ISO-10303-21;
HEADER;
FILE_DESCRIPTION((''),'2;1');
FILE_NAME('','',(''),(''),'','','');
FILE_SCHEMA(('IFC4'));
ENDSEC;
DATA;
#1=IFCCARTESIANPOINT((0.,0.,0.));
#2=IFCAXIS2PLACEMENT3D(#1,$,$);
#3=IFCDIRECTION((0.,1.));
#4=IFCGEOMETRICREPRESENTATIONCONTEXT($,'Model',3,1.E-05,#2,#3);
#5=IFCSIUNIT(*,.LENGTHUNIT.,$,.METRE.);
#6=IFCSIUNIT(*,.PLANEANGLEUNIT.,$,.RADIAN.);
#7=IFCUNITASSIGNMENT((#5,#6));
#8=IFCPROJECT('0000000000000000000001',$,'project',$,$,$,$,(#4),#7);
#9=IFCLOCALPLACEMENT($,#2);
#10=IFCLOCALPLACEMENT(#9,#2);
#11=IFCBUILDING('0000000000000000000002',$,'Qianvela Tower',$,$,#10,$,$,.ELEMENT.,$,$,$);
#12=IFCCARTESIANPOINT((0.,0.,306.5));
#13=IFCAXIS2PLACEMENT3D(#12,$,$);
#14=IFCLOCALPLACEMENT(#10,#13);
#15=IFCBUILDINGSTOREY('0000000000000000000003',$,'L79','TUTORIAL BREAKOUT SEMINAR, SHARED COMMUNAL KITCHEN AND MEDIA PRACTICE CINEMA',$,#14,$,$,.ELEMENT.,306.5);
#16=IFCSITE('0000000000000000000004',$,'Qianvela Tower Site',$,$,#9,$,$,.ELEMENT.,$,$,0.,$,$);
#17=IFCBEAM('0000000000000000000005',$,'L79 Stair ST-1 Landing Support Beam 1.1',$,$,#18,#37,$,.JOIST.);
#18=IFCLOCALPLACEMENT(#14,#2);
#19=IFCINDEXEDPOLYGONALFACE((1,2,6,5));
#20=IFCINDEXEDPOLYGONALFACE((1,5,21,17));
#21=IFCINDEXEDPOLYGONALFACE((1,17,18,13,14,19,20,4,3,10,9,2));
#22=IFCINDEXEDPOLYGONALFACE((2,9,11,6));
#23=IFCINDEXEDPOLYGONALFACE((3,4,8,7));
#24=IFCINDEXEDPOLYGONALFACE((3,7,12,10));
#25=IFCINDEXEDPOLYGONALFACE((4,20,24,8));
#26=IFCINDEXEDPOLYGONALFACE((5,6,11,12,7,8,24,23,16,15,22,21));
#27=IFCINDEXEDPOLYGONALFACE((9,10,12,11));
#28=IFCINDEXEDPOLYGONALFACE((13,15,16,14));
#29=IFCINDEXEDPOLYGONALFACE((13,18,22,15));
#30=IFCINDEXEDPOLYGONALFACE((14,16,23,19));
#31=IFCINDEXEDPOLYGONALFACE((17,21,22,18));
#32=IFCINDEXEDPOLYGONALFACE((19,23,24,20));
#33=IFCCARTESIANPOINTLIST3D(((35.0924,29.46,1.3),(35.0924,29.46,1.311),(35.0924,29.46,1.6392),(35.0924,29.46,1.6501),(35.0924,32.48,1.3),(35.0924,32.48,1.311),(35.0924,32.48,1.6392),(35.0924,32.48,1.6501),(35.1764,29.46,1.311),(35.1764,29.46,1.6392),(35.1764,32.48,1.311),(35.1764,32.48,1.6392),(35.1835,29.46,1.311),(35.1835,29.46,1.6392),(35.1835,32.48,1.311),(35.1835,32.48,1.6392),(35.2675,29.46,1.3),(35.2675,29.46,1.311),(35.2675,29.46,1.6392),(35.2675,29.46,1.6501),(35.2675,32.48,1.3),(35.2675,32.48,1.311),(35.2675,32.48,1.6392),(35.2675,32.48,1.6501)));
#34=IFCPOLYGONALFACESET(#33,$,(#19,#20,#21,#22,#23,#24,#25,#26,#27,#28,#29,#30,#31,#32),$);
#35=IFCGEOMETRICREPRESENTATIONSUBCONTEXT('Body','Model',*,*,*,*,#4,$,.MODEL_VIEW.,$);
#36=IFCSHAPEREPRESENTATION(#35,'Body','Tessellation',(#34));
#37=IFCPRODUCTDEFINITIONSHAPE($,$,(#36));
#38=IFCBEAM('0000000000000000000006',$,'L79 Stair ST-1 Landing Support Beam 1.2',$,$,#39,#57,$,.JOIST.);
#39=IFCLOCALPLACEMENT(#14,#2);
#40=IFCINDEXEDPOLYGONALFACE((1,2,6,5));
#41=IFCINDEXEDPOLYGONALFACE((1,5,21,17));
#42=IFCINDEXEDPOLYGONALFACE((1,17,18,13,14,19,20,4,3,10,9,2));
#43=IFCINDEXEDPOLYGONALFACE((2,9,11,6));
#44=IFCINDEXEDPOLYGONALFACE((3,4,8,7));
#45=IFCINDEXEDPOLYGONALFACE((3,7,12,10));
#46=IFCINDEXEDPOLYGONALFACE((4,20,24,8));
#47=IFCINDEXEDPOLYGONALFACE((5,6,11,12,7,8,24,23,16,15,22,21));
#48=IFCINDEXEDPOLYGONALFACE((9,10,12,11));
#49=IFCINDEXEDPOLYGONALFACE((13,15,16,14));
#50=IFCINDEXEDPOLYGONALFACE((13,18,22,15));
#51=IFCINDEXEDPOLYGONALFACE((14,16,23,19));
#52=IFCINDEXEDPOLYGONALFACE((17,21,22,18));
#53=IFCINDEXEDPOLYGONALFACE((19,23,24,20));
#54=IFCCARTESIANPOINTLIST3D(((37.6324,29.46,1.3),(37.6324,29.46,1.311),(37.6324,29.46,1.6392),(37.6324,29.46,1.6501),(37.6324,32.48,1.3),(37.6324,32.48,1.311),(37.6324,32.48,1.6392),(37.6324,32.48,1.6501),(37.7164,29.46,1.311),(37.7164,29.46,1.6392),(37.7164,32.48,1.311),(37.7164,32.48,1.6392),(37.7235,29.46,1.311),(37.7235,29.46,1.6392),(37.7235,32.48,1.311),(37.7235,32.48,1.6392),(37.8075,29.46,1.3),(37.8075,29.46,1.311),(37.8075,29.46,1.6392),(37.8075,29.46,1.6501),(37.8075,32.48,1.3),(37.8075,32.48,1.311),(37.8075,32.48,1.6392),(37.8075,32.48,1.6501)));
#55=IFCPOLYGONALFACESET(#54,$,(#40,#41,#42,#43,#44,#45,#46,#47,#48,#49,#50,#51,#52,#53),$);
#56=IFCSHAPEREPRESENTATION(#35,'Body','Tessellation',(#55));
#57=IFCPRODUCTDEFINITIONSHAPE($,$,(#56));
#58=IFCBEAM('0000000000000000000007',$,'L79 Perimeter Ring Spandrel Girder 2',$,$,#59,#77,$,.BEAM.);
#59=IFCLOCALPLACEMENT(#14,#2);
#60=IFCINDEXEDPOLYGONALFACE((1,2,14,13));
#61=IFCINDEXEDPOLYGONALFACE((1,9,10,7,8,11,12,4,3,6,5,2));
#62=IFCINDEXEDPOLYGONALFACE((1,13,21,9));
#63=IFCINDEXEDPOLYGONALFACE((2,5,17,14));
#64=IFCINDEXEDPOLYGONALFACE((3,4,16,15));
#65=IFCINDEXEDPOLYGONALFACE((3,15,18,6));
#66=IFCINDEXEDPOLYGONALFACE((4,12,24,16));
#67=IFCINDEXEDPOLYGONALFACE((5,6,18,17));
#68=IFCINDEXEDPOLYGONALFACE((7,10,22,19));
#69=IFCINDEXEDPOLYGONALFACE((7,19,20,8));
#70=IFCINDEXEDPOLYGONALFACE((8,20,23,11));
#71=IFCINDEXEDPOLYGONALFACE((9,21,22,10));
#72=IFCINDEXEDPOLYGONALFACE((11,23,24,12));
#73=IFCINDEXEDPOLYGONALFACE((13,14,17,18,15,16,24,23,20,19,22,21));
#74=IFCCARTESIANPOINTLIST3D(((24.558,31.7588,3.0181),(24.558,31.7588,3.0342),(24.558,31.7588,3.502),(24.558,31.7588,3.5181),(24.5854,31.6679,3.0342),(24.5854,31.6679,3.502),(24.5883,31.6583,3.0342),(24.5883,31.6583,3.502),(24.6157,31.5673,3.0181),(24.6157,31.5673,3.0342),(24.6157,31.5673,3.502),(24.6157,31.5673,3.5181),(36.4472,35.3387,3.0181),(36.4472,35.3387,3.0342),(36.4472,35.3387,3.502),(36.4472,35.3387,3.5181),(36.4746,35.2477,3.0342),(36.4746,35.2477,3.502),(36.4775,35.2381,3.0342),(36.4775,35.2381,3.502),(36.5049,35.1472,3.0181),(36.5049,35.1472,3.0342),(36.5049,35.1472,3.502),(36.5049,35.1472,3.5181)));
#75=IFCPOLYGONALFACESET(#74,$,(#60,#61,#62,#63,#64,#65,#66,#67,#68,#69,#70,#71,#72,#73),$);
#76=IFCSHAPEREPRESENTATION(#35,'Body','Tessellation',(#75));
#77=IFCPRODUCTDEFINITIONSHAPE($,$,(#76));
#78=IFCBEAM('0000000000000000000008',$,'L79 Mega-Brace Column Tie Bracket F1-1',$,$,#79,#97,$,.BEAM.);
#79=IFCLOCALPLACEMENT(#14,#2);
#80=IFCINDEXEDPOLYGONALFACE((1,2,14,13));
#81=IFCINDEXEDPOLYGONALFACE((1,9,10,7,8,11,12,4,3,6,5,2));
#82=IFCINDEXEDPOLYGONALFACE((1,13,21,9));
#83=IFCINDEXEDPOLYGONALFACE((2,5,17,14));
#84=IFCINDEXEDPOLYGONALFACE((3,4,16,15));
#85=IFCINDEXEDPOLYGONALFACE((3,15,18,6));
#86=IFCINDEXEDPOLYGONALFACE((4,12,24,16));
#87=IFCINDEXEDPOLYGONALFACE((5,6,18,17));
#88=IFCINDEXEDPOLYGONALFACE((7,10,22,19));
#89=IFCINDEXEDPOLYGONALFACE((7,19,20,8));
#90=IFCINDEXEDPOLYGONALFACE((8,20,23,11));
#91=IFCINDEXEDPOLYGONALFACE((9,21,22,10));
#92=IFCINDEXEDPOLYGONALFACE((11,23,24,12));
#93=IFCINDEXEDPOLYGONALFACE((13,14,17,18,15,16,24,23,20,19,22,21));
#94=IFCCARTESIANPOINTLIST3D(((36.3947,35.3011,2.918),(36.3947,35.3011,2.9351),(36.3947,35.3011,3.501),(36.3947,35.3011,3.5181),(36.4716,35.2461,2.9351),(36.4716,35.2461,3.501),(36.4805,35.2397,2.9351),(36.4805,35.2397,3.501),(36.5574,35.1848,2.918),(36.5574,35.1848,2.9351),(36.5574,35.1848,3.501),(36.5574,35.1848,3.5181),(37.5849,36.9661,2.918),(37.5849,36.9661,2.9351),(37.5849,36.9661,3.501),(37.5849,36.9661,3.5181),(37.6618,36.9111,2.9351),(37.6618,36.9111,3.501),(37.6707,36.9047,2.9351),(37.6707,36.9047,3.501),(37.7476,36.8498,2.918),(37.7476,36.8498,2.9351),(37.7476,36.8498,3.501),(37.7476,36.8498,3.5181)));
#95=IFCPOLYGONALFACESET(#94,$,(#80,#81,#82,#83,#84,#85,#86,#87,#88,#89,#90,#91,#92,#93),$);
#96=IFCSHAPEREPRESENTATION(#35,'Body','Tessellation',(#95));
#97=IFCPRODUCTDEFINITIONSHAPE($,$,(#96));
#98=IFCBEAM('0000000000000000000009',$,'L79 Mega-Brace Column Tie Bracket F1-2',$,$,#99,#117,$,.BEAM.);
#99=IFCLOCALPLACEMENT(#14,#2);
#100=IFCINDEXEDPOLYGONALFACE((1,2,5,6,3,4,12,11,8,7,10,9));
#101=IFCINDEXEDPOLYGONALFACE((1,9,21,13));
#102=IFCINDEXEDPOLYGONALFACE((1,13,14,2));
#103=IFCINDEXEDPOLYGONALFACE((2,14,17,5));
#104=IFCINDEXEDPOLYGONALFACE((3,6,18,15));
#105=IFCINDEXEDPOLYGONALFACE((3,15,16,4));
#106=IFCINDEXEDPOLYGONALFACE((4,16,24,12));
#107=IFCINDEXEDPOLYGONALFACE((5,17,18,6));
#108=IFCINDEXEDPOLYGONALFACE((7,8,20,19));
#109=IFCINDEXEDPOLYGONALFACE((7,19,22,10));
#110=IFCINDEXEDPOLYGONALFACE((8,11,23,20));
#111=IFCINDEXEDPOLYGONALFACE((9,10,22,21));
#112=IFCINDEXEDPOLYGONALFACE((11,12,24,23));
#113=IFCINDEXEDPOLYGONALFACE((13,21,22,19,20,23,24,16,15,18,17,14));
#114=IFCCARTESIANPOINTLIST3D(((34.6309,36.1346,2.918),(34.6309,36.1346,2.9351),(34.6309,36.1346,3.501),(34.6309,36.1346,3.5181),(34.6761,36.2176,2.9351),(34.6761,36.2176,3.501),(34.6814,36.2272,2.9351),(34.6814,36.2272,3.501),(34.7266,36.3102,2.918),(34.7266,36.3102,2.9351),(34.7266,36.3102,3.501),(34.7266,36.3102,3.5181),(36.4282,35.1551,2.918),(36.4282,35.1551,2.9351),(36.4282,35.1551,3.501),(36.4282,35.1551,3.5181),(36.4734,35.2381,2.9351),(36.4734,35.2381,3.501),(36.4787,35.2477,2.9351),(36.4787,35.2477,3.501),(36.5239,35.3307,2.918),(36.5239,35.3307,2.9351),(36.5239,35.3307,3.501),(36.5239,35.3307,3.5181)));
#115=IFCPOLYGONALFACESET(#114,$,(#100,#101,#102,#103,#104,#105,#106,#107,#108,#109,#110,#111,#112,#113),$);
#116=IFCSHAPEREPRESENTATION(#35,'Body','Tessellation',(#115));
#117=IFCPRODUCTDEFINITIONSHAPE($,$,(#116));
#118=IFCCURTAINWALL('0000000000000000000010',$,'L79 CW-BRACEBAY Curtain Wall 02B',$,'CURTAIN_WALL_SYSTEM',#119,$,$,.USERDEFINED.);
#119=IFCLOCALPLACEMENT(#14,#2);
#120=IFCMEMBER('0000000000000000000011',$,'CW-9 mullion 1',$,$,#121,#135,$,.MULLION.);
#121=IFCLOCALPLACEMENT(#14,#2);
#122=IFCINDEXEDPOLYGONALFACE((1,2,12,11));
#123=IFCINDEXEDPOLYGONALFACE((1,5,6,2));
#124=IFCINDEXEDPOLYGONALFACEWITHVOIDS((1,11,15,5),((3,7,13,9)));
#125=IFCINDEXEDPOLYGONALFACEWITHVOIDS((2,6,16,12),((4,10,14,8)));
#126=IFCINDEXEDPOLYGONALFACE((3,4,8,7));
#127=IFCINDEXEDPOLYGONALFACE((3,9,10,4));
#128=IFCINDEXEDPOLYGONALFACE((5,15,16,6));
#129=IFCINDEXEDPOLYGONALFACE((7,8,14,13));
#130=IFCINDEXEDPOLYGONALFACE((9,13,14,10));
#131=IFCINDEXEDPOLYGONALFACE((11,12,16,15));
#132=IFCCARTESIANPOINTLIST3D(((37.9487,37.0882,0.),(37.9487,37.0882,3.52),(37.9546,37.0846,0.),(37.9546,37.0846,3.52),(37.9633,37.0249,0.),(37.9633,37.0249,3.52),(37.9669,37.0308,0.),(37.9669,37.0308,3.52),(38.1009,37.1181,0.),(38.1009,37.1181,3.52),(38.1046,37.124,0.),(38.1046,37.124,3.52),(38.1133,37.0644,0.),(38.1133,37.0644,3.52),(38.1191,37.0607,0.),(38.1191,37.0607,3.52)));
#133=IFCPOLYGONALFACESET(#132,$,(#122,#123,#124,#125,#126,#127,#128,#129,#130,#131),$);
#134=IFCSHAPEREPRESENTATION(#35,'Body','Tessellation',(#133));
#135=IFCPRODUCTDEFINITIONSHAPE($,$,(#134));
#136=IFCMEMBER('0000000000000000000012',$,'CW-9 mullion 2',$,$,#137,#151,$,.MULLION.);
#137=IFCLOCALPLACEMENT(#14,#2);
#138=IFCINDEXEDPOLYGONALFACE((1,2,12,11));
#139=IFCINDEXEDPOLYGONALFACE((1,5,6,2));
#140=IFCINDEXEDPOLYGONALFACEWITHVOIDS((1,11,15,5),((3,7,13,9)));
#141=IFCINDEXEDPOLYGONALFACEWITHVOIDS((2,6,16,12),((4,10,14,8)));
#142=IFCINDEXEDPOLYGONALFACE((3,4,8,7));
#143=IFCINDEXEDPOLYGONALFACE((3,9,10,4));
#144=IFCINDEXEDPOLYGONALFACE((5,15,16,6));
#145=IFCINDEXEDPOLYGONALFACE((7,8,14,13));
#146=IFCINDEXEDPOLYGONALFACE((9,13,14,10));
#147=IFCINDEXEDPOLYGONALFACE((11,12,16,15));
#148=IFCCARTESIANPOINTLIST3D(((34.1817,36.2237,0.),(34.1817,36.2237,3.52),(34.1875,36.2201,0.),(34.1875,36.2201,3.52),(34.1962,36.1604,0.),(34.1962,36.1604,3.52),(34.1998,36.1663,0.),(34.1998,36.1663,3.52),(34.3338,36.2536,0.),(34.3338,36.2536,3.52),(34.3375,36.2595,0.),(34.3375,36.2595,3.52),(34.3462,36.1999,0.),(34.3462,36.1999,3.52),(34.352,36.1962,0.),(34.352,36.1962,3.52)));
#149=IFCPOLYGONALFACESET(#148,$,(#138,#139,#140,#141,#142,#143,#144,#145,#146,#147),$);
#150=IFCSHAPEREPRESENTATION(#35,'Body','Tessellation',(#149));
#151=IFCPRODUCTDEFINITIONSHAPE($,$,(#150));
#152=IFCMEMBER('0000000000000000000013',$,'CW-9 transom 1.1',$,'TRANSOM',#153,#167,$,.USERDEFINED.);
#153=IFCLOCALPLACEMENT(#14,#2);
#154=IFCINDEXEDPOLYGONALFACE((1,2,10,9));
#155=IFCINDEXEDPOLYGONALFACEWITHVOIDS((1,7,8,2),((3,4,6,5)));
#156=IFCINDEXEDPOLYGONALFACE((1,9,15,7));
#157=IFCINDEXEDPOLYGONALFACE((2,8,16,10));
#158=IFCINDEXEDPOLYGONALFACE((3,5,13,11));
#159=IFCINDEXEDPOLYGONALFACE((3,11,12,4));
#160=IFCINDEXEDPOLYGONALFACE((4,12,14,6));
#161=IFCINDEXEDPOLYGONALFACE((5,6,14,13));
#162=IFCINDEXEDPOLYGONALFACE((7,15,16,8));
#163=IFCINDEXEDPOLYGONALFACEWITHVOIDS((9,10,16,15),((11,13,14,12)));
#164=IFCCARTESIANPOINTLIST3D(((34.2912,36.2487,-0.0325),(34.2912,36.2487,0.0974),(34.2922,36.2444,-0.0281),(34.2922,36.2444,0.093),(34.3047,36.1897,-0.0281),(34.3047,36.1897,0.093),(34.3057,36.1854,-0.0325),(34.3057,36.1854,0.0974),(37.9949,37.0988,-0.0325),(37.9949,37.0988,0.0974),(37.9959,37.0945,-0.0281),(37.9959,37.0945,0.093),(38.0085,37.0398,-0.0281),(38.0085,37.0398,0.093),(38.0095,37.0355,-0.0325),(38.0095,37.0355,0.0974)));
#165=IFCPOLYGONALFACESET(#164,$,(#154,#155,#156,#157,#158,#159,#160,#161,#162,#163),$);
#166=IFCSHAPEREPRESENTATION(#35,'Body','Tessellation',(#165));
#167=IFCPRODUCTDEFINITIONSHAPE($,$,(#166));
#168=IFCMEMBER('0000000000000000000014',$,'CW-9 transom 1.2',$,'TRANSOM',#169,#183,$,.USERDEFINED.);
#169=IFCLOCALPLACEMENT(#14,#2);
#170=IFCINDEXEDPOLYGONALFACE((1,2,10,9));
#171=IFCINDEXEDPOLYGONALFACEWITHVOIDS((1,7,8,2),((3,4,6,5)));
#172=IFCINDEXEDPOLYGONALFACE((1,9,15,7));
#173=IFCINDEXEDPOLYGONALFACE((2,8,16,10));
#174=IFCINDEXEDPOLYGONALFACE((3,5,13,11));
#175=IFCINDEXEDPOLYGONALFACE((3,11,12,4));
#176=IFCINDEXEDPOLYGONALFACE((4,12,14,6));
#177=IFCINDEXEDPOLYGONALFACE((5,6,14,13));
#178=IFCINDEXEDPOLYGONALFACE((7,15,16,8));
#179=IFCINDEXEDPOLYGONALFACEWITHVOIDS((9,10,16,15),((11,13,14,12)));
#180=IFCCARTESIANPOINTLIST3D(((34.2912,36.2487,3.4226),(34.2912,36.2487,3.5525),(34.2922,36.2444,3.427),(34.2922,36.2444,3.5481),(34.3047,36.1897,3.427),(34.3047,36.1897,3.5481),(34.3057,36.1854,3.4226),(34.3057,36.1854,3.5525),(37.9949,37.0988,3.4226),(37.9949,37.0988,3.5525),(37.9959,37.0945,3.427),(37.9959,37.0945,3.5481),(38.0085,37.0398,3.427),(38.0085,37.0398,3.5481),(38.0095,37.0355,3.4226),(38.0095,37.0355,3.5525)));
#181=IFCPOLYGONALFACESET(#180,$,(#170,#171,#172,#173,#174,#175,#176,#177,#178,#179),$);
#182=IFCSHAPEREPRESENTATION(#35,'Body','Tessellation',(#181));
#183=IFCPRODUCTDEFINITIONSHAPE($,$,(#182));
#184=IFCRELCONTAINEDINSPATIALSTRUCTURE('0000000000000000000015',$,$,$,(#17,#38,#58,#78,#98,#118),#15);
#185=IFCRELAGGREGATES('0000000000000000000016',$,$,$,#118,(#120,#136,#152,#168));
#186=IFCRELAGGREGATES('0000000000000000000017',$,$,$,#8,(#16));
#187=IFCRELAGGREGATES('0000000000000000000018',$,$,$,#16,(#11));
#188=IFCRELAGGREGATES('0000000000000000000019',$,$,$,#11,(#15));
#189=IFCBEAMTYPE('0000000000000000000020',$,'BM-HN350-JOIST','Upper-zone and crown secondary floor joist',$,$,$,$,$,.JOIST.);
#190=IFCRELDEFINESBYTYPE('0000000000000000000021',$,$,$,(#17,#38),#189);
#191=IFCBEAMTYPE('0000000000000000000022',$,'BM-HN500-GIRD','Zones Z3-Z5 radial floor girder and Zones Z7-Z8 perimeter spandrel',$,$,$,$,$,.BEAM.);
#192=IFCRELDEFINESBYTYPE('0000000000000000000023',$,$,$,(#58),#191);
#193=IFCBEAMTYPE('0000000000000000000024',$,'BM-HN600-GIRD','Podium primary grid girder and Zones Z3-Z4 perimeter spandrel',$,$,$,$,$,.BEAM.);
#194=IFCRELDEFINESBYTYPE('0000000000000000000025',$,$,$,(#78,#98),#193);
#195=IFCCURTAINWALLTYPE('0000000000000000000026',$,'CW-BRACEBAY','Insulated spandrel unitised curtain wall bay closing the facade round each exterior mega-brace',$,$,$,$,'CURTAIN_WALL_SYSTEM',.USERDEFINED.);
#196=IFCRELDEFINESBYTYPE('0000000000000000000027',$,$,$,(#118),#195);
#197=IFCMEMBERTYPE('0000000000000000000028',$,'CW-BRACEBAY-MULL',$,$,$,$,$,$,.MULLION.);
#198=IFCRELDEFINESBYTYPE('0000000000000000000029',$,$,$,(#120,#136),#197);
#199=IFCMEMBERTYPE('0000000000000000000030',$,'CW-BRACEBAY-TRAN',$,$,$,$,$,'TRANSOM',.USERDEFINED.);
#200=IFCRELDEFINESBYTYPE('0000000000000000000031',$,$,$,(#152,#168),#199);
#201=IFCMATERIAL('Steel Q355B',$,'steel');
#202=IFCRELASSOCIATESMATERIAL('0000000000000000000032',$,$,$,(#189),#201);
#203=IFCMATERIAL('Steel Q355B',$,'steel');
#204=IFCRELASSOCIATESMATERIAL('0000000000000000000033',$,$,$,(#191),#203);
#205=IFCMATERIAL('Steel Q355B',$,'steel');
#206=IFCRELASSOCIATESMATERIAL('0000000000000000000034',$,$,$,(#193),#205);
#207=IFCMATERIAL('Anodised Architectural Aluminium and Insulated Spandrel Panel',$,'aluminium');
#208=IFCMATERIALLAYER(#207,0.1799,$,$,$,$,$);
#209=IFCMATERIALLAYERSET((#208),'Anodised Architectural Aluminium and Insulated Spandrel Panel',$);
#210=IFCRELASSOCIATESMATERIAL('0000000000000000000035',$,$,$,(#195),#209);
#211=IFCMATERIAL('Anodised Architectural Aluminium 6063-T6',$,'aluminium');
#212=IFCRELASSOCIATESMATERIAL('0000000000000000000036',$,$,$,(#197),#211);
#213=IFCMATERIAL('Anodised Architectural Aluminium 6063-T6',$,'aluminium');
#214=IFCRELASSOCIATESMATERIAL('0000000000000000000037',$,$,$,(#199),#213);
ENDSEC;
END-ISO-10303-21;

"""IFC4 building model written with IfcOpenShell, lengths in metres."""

from ifc_helpers import new_model, si_unit, direction, frame, origin, origin_2d, place, context, subcontext, project, spatial, hollow_rectangle, i_section, extrude, material, layer, layer_set, material_profile, profile_set, type_object, element, aggregate, save


model = new_model("IFC4")

# Units and contexts
model_context = context("Model", 3, precision=1e-05, world=origin(), true_north=direction((0.0, 1.0)))
body_context = subcontext(model_context, "Body", "Model", "MODEL_VIEW")
ifc_project = project(units=[si_unit("LENGTHUNIT", "METRE"), si_unit("PLANEANGLEUNIT", "RADIAN")], contexts=[model_context])

# Site, building, storey
site_placement = place(None, origin())
site = spatial("IfcSite", under=ifc_project, at=site_placement, Name="Qianvela Tower Site", CompositionType="ELEMENT", RefElevation=0.0)
building_placement = place(site_placement, origin())
building = spatial("IfcBuilding", under=site, at=building_placement, Name="Qianvela Tower", CompositionType="ELEMENT")
storey_placement = place(building_placement, frame((0.0, 0.0, 306.5)))
storey = spatial("IfcBuildingStorey", under=building, at=storey_placement, Name="L79", Description="TUTORIAL BREAKOUT SEMINAR, SHARED COMMUNAL KITCHEN AND MEDIA PRACTICE CINEMA", CompositionType="ELEMENT", Elevation=306.5)

# Beams
ifc_material_1 = material(Name="Steel Q355B", Category="steel")
ifc_material_profile_1 = material_profile(ifc_material_1, i_section(OverallWidth=0.175, OverallDepth=0.3501, WebThickness=0.0071, FlangeThickness=0.011, at=origin_2d()), Name="HN350x175x7x11")
ifc_profile_set_1 = profile_set([ifc_material_profile_1], Name="Steel Q355B")
beam_type_1 = type_object("IfcBeamType", Name="BM-HN350-JOIST", Description="Upper-zone and crown secondary floor joist", PredefinedType="JOIST", material=ifc_profile_set_1)
for number, where, z_axis, x_axis, name in (
    (1, (35.1799, 29.46, 1.4751), (0.0, 1.0, 0.0), (-1.0, 0.0, 0.0), "L79 Stair ST-1 Landing Support Beam 1.1"),
    (2, (37.72, 29.46, 1.4751), (0.0, 1.0, 0.0), (-1.0, 0.0, 0.0), "L79 Stair ST-1 Landing Support Beam 1.2"),
):
    element("IfcBeam", number, at=place(storey_placement, frame(where, z_axis=z_axis, x_axis=x_axis)), inside=storey, type_object=beam_type_1, Name=name, PredefinedType="JOIST", context=body_context, shape_type="SweptSolid", body=[
        extrude(i_section(OverallWidth=0.175, OverallDepth=0.3501, WebThickness=0.0071, FlangeThickness=0.011, at=origin_2d()), origin(), (0.0, 0.0, 1.0), 3.02),
    ])
ifc_material_2 = material(Name="Steel Q355B", Category="steel")
ifc_material_profile_2 = material_profile(ifc_material_2, i_section(OverallWidth=0.2, OverallDepth=0.5, WebThickness=0.01, FlangeThickness=0.0161, at=origin_2d()), Name="HN500x200x10x16")
ifc_profile_set_2 = profile_set([ifc_material_profile_2], Name="Steel Q355B")
beam_type_2 = type_object("IfcBeamType", Name="BM-HN500-GIRD", Description="Zones Z3-Z5 radial floor girder and Zones Z7-Z8 perimeter spandrel", PredefinedType="BEAM", material=ifc_profile_set_2)
beam_1_placement = place(storey_placement, frame((36.4761, 35.2429, 3.2681), z_axis=(-0.957536, -0.288315, 0.0), x_axis=(0.288315, -0.957536, 0.0)))
element("IfcBeam", 3, at=beam_1_placement, inside=storey, type_object=beam_type_2, Name="L79 Perimeter Ring Spandrel Girder 2", PredefinedType="BEAM", context=body_context, shape_type="SweptSolid", body=[
    extrude(i_section(OverallWidth=0.2, OverallDepth=0.5, WebThickness=0.01, FlangeThickness=0.0161, at=origin_2d()), origin(), (0.0, 0.0, 1.0), 12.4165),
])
ifc_material_3 = material(Name="Steel Q355B", Category="steel")
ifc_material_profile_3 = material_profile(ifc_material_3, i_section(OverallWidth=0.2, OverallDepth=0.6001, WebThickness=0.011, FlangeThickness=0.0171, at=origin_2d()), Name="HN600x200x11x17")
ifc_profile_set_3 = profile_set([ifc_material_profile_3], Name="Steel Q355B")
beam_type_3 = type_object("IfcBeamType", Name="BM-HN600-GIRD", Description="Podium primary grid girder and Zones Z3-Z4 perimeter spandrel", PredefinedType="BEAM", material=ifc_profile_set_3)
beam_2_placement = place(storey_placement, frame((36.4761, 35.2429, 3.218), z_axis=(0.58152, 0.813532, 0.0), x_axis=(-0.813532, 0.58152, 0.0)))
element("IfcBeam", 4, at=beam_2_placement, inside=storey, type_object=beam_type_3, Name="L79 Mega-Brace Column Tie Bracket F1-1", PredefinedType="BEAM", context=body_context, shape_type="SweptSolid", body=[
    extrude(i_section(OverallWidth=0.2, OverallDepth=0.6001, WebThickness=0.011, FlangeThickness=0.0171, at=origin_2d()), origin(), (0.0, 0.0, 1.0), 2.0466),
])
beam_3_placement = place(storey_placement, frame((36.4761, 35.2429, 3.218), z_axis=(-0.878078, 0.478518, 0.0), x_axis=(-0.478518, -0.878078, 0.0)))
element("IfcBeam", 5, at=beam_3_placement, inside=storey, type_object=beam_type_3, Name="L79 Mega-Brace Column Tie Bracket F1-2", PredefinedType="BEAM", context=body_context, shape_type="SweptSolid", body=[
    extrude(i_section(OverallWidth=0.2, OverallDepth=0.6001, WebThickness=0.011, FlangeThickness=0.0171, at=origin_2d()), origin(), (0.0, 0.0, 1.0), 2.0469),
])

# Curtain wall, members
ifc_material_4 = material(Name="Anodised Architectural Aluminium and Insulated Spandrel Panel", Category="aluminium")
ifc_layer_1 = layer(ifc_material_4, 0.1799)
ifc_layer_set_1 = layer_set([ifc_layer_1], Name="Anodised Architectural Aluminium and Insulated Spandrel Panel")
curtain_wall_type_1 = type_object("IfcCurtainWallType", Name="CW-BRACEBAY", Description="Insulated spandrel unitised curtain wall bay closing the facade round each exterior mega-brace", ElementType="CURTAIN_WALL_SYSTEM", PredefinedType="USERDEFINED", material=ifc_layer_set_1)
curtain_wall_1_placement = place(storey_placement, origin())
curtain_wall_1 = element("IfcCurtainWall", 6, at=curtain_wall_1_placement, inside=storey, type_object=curtain_wall_type_1, Name="L79 CW-BRACEBAY Curtain Wall 02B", ObjectType="CURTAIN_WALL_SYSTEM", PredefinedType="USERDEFINED")
ifc_material_5 = material(Name="Anodised Architectural Aluminium 6063-T6", Category="aluminium")
ifc_material_profile_4 = material_profile(ifc_material_5, hollow_rectangle(XDim=0.0649, YDim=0.1599, WallThickness=0.0049, at=origin_2d()), Name="ALU-MULL-65x160")
ifc_profile_set_4 = profile_set([ifc_material_profile_4], Name="Anodised Architectural Aluminium 6063-T6")
member_type_1 = type_object("IfcMemberType", Name="CW-BRACEBAY-MULL", PredefinedType="MULLION", material=ifc_profile_set_4)
member_1_placement = place(storey_placement, frame((38.0339, 37.0745, 0.0), z_axis=(0.0, 0.0, 1.0), x_axis=(0.223715, -0.974655, 0.0)))
member_1 = element("IfcMember", 7, at=member_1_placement, type_object=member_type_1, Name="CW-9 mullion 1", PredefinedType="MULLION", context=body_context, shape_type="SweptSolid", body=[
    extrude(hollow_rectangle(XDim=0.0649, YDim=0.1599, WallThickness=0.0049, at=origin_2d()), origin(), (0.0, 0.0, 1.0), 3.52),
])
member_2_placement = place(storey_placement, frame((34.2668, 36.21, 0.0), z_axis=(0.0, 0.0, 1.0), x_axis=(0.223715, -0.974655, 0.0)))
member_2 = element("IfcMember", 8, at=member_2_placement, type_object=member_type_1, Name="CW-9 mullion 2", PredefinedType="MULLION", context=body_context, shape_type="SweptSolid", body=[
    extrude(hollow_rectangle(XDim=0.0649, YDim=0.1599, WallThickness=0.0049, at=origin_2d()), origin(), (0.0, 0.0, 1.0), 3.52),
])
ifc_material_6 = material(Name="Anodised Architectural Aluminium 6063-T6", Category="aluminium")
ifc_material_profile_5 = material_profile(ifc_material_6, hollow_rectangle(XDim=0.0649, YDim=0.1299, WallThickness=0.0044, at=origin_2d()), Name="ALU-TRAN-65x130")
ifc_profile_set_5 = profile_set([ifc_material_profile_5], Name="Anodised Architectural Aluminium 6063-T6")
member_type_2 = type_object("IfcMemberType", Name="CW-BRACEBAY-TRAN", ElementType="TRANSOM", PredefinedType="USERDEFINED", material=ifc_profile_set_5)
member_3_placement = place(storey_placement, frame((38.0022, 37.0671, 0.0325), z_axis=(-0.974658, -0.2237, 0.0), x_axis=(0.2237, -0.974658, 0.0)))
member_3 = element("IfcMember", 9, at=member_3_placement, type_object=member_type_2, Name="CW-9 transom 1.1", ObjectType="TRANSOM", PredefinedType="USERDEFINED", context=body_context, shape_type="SweptSolid", body=[
    extrude(hollow_rectangle(XDim=0.0649, YDim=0.1299, WallThickness=0.0044, at=origin_2d()), origin(), (0.0, 0.0, 1.0), 3.8),
])
member_4_placement = place(storey_placement, frame((38.0022, 37.0671, 3.4875), z_axis=(-0.974658, -0.2237, 0.0), x_axis=(0.2237, -0.974658, 0.0)))
member_4 = element("IfcMember", 10, at=member_4_placement, type_object=member_type_2, Name="CW-9 transom 1.2", ObjectType="TRANSOM", PredefinedType="USERDEFINED", context=body_context, shape_type="SweptSolid", body=[
    extrude(hollow_rectangle(XDim=0.0649, YDim=0.1299, WallThickness=0.0044, at=origin_2d()), origin(), (0.0, 0.0, 1.0), 3.8),
])

aggregate(curtain_wall_1, [member_1, member_2, member_3, member_4])

save(model, "model.ifc")
